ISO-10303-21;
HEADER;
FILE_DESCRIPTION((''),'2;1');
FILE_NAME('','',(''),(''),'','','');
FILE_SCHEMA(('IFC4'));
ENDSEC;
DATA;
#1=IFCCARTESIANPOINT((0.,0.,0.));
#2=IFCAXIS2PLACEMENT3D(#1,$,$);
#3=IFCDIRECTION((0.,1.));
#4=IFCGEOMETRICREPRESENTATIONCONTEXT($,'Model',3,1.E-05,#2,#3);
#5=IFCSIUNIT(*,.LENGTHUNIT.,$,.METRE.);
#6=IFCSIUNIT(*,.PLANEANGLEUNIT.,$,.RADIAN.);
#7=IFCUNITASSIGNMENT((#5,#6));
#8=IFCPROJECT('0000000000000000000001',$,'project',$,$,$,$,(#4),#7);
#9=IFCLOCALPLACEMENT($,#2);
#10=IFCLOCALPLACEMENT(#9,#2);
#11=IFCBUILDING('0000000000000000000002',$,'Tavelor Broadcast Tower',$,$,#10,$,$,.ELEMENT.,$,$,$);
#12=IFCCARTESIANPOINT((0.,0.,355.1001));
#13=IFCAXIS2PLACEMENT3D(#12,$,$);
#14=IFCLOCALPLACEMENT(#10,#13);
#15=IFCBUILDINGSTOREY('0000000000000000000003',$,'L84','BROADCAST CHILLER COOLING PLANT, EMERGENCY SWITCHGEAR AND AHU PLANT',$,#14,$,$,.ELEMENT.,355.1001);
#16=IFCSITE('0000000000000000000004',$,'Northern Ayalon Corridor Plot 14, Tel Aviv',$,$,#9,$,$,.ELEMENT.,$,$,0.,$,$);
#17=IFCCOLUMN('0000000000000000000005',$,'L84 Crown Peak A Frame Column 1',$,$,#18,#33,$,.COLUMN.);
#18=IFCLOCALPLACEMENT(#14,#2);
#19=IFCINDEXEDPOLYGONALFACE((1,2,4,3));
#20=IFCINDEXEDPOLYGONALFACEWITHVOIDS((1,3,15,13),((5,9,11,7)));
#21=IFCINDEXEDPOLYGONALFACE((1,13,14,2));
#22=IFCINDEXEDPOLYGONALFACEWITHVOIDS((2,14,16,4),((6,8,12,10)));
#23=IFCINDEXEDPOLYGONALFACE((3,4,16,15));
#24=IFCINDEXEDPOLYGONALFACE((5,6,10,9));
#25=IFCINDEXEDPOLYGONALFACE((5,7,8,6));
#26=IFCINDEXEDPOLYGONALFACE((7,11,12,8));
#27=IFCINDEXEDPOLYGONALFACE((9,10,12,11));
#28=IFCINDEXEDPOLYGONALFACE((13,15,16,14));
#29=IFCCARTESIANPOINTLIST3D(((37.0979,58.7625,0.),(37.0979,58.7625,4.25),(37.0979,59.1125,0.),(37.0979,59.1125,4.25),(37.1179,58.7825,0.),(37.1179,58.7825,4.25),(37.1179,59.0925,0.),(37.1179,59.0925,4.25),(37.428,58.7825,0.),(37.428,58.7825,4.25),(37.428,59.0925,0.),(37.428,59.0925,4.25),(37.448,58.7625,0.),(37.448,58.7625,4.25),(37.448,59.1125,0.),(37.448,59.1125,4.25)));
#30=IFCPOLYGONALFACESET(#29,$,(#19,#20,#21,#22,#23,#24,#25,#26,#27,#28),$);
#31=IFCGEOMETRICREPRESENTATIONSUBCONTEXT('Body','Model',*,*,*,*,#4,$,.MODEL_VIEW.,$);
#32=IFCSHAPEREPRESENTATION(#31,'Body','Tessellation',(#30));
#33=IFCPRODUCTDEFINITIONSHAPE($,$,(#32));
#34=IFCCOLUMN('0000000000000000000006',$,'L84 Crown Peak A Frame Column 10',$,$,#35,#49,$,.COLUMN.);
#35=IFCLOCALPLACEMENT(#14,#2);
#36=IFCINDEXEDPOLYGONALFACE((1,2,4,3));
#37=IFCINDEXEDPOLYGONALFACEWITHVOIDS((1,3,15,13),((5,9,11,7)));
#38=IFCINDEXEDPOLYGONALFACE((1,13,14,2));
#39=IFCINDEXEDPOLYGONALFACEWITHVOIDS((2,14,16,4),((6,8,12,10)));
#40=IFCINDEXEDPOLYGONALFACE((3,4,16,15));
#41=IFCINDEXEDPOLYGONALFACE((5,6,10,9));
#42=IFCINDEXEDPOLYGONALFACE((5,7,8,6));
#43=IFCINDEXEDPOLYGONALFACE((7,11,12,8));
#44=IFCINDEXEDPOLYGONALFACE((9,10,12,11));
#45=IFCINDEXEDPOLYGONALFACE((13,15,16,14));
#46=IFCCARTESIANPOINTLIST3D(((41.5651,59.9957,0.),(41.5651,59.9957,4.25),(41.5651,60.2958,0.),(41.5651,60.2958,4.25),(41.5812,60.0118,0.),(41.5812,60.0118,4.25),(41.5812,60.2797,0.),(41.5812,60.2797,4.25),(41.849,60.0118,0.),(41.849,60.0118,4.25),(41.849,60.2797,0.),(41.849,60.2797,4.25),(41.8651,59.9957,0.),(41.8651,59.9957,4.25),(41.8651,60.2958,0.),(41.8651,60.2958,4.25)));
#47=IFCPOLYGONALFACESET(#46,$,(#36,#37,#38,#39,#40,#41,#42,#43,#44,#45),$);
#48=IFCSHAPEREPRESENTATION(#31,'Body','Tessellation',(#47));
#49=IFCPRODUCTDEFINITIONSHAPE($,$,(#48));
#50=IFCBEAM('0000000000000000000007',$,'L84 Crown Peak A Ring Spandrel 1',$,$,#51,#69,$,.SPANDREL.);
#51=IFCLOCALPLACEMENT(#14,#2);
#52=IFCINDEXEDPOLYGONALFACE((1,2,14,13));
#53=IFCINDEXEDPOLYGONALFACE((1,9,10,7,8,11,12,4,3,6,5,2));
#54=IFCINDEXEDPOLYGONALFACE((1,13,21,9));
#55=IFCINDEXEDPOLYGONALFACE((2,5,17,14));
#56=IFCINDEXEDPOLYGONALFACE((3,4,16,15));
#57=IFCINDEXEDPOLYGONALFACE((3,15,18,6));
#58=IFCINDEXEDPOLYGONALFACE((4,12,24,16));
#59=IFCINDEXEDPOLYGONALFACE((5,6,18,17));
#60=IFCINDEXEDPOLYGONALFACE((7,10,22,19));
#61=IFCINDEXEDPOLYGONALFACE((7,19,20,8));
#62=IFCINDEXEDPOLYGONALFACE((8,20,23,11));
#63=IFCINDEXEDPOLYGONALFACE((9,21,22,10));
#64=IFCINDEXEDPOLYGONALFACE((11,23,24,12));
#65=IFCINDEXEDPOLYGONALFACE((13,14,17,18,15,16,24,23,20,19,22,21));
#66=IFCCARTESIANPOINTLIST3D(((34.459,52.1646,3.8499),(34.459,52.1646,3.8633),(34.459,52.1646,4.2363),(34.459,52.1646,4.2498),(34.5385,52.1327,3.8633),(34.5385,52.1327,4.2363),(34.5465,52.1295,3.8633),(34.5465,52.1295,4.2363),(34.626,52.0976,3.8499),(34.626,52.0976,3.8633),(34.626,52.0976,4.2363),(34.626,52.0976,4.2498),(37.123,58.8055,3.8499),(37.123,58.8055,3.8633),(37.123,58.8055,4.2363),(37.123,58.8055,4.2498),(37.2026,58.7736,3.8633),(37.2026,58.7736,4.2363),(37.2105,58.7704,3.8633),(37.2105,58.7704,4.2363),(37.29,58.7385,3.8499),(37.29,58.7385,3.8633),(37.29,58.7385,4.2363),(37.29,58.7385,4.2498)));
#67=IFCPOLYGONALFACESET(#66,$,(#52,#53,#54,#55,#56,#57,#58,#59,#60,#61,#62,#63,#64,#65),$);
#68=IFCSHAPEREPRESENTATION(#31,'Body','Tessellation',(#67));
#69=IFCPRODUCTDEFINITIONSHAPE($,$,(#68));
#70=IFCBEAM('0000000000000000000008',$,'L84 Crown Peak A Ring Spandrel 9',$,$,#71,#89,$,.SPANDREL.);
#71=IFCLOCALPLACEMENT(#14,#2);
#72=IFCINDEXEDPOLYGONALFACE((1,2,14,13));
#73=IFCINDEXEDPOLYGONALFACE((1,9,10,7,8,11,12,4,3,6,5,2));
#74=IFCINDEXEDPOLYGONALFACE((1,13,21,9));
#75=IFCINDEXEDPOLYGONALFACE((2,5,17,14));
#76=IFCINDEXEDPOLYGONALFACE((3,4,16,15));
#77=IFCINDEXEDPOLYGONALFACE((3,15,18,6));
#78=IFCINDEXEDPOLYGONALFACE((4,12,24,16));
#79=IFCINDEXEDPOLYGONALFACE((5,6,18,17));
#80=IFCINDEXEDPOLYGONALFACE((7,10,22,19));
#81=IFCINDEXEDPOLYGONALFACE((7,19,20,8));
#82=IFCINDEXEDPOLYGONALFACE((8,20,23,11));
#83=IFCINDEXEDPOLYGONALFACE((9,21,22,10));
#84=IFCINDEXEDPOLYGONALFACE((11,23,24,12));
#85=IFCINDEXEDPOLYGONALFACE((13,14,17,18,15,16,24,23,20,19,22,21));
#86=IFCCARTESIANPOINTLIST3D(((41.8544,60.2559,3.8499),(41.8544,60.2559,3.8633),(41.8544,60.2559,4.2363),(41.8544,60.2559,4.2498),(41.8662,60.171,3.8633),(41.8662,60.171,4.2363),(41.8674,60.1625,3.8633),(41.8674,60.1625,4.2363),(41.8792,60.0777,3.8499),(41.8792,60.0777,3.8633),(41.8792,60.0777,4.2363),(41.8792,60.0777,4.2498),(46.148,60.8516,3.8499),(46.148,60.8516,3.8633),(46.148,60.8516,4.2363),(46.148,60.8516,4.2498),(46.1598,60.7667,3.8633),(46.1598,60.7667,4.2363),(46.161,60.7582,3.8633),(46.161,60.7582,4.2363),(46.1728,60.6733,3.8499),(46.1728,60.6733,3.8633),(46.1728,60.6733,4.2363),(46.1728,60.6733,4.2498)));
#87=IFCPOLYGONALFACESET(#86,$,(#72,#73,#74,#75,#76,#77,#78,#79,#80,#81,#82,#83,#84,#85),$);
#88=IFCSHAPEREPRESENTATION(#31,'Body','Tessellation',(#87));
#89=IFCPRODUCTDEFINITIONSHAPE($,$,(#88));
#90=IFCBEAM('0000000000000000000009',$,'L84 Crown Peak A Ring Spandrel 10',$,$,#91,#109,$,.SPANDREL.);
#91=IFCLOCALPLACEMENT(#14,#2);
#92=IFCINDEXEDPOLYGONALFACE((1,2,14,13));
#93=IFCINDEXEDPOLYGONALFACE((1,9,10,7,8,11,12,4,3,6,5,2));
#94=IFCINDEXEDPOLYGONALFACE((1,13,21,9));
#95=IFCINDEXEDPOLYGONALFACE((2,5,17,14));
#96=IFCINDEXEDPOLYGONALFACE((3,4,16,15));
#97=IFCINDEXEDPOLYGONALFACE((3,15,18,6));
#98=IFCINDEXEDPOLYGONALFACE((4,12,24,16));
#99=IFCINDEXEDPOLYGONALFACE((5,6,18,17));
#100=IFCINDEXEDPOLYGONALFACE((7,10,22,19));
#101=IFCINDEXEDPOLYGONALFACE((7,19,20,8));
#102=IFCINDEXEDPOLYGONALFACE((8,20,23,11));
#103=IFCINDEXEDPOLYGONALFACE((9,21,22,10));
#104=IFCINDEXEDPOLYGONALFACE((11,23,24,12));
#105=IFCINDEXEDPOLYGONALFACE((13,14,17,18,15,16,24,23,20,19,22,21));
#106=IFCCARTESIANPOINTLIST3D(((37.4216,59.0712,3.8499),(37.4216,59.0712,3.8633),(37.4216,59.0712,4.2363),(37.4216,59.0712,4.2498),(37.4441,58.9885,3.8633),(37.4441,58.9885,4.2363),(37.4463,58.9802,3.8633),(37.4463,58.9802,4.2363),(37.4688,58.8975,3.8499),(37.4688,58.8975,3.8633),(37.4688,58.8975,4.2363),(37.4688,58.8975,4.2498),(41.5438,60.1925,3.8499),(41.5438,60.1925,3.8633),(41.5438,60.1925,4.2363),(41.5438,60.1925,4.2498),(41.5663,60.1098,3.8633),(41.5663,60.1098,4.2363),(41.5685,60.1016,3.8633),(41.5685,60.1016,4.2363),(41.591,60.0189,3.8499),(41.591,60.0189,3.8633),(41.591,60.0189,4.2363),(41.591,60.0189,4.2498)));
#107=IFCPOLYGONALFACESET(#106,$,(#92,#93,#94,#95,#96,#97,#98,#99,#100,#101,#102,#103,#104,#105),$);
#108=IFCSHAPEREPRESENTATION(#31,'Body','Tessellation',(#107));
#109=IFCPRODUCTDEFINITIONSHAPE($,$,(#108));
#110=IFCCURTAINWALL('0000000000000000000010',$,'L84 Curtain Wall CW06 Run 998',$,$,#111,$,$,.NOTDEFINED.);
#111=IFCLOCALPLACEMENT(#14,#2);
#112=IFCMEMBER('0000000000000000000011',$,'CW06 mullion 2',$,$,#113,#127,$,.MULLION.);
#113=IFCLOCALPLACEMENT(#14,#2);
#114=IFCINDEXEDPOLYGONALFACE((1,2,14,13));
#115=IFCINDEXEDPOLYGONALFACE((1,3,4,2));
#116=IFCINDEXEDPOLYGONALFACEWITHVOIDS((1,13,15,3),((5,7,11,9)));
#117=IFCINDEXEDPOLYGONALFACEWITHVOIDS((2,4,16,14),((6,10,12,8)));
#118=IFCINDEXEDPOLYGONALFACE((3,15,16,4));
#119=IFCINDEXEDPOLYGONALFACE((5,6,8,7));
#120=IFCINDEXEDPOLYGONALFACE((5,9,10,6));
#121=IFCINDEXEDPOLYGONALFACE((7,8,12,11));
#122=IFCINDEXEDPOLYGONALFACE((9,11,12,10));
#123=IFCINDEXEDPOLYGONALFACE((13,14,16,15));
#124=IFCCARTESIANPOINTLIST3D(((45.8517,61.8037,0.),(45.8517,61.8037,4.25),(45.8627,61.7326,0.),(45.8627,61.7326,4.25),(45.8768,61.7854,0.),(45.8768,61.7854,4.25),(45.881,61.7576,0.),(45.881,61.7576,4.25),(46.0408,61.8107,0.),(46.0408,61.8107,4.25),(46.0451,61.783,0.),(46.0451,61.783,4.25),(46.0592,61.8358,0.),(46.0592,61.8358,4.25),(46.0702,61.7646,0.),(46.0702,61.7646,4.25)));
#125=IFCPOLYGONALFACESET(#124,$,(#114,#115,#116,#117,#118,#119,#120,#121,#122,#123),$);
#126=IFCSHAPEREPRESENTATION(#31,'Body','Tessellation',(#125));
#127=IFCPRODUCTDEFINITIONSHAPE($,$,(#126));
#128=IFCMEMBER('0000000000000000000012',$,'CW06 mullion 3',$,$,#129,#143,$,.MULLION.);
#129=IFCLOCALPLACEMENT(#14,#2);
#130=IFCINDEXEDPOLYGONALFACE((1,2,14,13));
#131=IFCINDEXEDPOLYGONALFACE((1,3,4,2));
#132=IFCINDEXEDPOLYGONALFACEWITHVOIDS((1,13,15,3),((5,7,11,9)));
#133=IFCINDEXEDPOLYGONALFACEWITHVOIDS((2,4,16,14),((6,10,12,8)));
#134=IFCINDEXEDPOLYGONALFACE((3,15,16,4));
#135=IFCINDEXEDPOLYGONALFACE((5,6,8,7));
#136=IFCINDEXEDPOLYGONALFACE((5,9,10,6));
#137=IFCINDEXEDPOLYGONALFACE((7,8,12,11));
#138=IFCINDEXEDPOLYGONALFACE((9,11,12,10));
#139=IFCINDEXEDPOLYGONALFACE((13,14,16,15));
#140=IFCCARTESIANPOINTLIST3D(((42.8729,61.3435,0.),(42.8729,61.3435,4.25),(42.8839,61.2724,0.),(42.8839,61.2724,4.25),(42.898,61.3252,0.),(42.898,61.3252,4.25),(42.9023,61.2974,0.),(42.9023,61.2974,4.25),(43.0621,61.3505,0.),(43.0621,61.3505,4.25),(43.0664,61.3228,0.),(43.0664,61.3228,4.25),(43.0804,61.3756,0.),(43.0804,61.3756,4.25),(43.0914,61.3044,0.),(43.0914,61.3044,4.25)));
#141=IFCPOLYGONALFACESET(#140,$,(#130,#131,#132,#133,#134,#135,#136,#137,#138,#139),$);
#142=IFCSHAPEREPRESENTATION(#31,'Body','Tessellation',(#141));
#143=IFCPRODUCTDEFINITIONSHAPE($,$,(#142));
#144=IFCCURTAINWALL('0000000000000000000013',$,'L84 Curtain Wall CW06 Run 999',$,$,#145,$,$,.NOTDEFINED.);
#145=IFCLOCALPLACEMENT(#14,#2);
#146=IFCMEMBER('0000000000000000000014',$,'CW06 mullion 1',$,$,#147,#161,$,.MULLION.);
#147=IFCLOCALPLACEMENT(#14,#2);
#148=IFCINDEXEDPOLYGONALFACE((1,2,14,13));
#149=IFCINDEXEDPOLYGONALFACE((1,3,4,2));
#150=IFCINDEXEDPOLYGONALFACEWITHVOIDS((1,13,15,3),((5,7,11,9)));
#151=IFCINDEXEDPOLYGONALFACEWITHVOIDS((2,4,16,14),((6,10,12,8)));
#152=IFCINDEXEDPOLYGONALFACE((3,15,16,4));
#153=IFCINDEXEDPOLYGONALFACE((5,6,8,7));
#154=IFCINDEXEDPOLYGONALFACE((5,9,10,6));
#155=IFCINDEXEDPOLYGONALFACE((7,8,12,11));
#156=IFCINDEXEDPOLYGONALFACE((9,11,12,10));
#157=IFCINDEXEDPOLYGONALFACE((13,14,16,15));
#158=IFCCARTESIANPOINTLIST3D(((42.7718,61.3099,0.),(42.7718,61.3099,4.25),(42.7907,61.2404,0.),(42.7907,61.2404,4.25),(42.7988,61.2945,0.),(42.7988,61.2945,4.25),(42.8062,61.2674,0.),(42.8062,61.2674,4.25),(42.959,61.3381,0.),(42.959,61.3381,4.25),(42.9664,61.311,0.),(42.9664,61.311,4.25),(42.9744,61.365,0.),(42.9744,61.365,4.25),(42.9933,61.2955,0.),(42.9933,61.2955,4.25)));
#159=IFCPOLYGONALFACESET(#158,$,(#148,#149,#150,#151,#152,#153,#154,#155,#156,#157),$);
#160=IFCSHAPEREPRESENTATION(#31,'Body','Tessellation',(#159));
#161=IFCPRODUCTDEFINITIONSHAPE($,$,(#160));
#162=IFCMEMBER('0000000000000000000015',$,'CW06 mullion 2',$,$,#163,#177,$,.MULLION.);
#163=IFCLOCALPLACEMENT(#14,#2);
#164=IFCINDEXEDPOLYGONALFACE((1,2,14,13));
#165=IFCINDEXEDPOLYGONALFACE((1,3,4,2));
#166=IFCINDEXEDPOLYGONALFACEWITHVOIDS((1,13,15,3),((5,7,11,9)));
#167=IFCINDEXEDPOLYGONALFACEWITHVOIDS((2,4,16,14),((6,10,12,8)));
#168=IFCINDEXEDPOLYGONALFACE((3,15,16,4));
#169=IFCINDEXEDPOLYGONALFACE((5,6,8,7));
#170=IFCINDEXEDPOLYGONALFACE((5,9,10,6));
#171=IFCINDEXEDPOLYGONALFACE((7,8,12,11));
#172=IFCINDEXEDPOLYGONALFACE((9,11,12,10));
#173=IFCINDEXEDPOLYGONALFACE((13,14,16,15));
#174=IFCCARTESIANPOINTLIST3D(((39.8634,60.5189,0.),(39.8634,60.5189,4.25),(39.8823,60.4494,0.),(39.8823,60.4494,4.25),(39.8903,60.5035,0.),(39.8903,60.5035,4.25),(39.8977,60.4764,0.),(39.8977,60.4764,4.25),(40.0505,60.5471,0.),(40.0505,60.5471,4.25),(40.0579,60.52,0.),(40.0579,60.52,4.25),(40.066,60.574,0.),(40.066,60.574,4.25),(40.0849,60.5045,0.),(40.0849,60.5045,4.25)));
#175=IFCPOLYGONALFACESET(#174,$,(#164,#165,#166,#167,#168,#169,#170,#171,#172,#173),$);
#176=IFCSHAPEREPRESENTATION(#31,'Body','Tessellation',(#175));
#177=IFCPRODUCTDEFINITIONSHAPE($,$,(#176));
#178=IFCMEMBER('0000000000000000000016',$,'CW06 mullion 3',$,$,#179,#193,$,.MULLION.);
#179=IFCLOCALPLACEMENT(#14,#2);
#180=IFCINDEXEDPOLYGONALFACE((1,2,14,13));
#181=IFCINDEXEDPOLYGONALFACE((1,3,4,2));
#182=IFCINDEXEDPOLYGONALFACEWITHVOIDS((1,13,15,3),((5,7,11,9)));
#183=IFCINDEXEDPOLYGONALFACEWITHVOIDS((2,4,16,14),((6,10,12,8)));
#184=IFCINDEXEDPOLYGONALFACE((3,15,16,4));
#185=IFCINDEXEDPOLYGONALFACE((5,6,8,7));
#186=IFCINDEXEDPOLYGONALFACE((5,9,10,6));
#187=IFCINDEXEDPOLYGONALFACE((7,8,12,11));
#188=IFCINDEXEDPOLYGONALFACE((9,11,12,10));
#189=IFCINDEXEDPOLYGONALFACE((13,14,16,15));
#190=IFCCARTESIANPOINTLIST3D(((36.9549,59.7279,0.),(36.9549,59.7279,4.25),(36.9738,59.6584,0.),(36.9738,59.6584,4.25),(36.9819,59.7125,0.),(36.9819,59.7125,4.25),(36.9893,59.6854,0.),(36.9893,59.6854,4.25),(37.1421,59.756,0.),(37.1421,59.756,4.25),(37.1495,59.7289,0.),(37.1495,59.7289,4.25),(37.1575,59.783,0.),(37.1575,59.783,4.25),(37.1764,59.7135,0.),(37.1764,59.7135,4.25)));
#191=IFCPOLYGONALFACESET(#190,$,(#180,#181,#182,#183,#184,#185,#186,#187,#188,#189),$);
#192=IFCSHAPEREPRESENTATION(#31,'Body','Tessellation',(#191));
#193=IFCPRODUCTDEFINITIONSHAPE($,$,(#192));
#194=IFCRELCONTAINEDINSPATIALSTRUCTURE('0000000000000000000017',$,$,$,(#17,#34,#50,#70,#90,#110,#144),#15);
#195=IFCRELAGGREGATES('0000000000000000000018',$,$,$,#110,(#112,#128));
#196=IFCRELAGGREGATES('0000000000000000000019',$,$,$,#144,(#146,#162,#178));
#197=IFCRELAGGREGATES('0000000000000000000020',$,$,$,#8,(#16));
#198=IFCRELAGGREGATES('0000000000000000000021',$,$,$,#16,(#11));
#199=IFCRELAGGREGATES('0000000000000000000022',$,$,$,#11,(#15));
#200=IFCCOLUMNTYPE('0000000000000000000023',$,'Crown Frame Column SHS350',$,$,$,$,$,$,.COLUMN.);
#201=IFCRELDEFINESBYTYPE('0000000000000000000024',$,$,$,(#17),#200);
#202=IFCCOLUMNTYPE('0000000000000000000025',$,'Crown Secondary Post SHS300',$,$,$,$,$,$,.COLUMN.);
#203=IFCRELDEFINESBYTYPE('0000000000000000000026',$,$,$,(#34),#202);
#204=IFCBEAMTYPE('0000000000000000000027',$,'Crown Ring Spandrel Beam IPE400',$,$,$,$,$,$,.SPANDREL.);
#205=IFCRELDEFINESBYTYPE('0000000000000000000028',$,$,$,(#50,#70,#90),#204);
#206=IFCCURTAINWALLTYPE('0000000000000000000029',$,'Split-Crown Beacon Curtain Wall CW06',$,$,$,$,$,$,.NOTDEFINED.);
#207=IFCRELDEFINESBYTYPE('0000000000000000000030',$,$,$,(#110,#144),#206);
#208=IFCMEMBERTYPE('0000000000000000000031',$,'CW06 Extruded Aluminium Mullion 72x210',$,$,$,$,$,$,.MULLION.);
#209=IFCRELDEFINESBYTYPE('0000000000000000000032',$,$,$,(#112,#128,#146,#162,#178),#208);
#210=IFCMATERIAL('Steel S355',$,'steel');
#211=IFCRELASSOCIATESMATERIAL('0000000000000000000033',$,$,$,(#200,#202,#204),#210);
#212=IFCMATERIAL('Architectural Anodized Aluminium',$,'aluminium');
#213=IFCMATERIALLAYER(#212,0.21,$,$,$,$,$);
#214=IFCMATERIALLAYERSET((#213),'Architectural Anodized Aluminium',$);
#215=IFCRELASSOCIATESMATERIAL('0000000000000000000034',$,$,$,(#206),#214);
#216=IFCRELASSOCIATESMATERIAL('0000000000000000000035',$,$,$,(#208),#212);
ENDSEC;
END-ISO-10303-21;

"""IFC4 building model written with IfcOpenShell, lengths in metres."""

from ifc_helpers import new_model, si_unit, direction, frame, origin, origin_2d, place, context, subcontext, project, spatial, hollow_rectangle, i_section, extrude, source, transform, mapped, material, layer, layer_set, material_profile, profile_set, type_object, type_shapes, element, aggregate, save


model = new_model("IFC4")

# Units and contexts
model_context = context("Model", 3, precision=1e-05, world=origin(), true_north=direction((0.0, 1.0)))
body_context = subcontext(model_context, "Body", "Model", "MODEL_VIEW")
ifc_project = project(units=[si_unit("LENGTHUNIT", "METRE"), si_unit("PLANEANGLEUNIT", "RADIAN")], contexts=[model_context])

# Site, building, storey
site_placement = place(None, origin())
site = spatial("IfcSite", under=ifc_project, at=site_placement, Name="Northern Ayalon Corridor Plot 14, Tel Aviv", CompositionType="ELEMENT", RefElevation=0.0)
building_placement = place(site_placement, origin())
building = spatial("IfcBuilding", under=site, at=building_placement, Name="Tavelor Broadcast Tower", CompositionType="ELEMENT")
storey_placement = place(building_placement, frame((0.0, 0.0, 355.1001)))
storey = spatial("IfcBuildingStorey", under=building, at=storey_placement, Name="L84", Description="BROADCAST CHILLER COOLING PLANT, EMERGENCY SWITCHGEAR AND AHU PLANT", CompositionType="ELEMENT", Elevation=355.1001)

# Columns
ifc_material_1 = material(Name="Steel S355", Category="steel")
ifc_material_profile_1 = material_profile(ifc_material_1, hollow_rectangle(XDim=0.3501, YDim=0.3501, WallThickness=0.02, at=origin_2d()), Name="SHS 350x350x20")
ifc_profile_set_1 = profile_set([ifc_material_profile_1], Name="Steel S355")
column_type_1 = type_object("IfcColumnType", Name="Crown Frame Column SHS350", PredefinedType="COLUMN", material=ifc_profile_set_1)
column_1_placement = place(storey_placement, frame((37.2729, 58.9375, 0.0), z_axis=(0.0, 0.0, 1.0), x_axis=(1.0, 0.0, 0.0)))
element("IfcColumn", 1, at=column_1_placement, inside=storey, type_object=column_type_1, Name="L84 Crown Peak A Frame Column 1", PredefinedType="COLUMN", context=body_context, shape_type="SweptSolid", body=[
    extrude(hollow_rectangle(XDim=0.3501, YDim=0.3501, WallThickness=0.02, at=origin_2d()), origin(), (0.0, 0.0, 1.0), 4.25),
])
ifc_material_profile_2 = material_profile(ifc_material_1, hollow_rectangle(XDim=0.3, YDim=0.3, WallThickness=0.0161, at=origin_2d()), Name="SHS 300x300x16")
ifc_profile_set_2 = profile_set([ifc_material_profile_2], Name="Steel S355")
column_type_2 = type_object("IfcColumnType", Name="Crown Secondary Post SHS300", PredefinedType="COLUMN", material=ifc_profile_set_2)
column_2_placement = place(storey_placement, frame((41.7151, 60.1458, 0.0), z_axis=(0.0, 0.0, 1.0), x_axis=(1.0, 0.0, 0.0)))
element("IfcColumn", 2, at=column_2_placement, inside=storey, type_object=column_type_2, Name="L84 Crown Peak A Frame Column 10", PredefinedType="COLUMN", context=body_context, shape_type="SweptSolid", body=[
    extrude(hollow_rectangle(XDim=0.3, YDim=0.3, WallThickness=0.0161, at=origin_2d()), origin(), (0.0, 0.0, 1.0), 4.25),
])

# Beams
ifc_material_profile_3 = material_profile(ifc_material_1, i_section(OverallWidth=0.1799, OverallDepth=0.3999, WebThickness=0.0085, FlangeThickness=0.0134, at=origin_2d()), Name="IPE 400")
ifc_profile_set_3 = profile_set([ifc_material_profile_3], Name="Steel S355")
beam_type = type_object("IfcBeamType", Name="Crown Ring Spandrel Beam IPE400", PredefinedType="SPANDREL", material=ifc_profile_set_3)
beam_1_placement = place(storey_placement, frame((37.2065, 58.772, 4.0498), z_axis=(-0.37232, -0.928104, 0.0), x_axis=(0.928104, -0.37232, 0.0)))
element("IfcBeam", 3, at=beam_1_placement, inside=storey, type_object=beam_type, Name="L84 Crown Peak A Ring Spandrel 1", PredefinedType="SPANDREL", context=body_context, shape_type="SweptSolid", body=[
    extrude(i_section(OverallWidth=0.1799, OverallDepth=0.3999, WebThickness=0.0085, FlangeThickness=0.0134, at=origin_2d()), origin(), (0.0, 0.0, 1.0), 7.1553),
])
beam_2_placement = place(storey_placement, frame((46.1604, 60.7625, 4.0498), z_axis=(-0.990513, -0.137423, 0.0), x_axis=(0.137423, -0.990513, 0.0)))
element("IfcBeam", 4, at=beam_2_placement, inside=storey, type_object=beam_type, Name="L84 Crown Peak A Ring Spandrel 9", PredefinedType="SPANDREL", context=body_context, shape_type="SweptSolid", body=[
    extrude(i_section(OverallWidth=0.1799, OverallDepth=0.3999, WebThickness=0.0085, FlangeThickness=0.0134, at=origin_2d()), origin(), (0.0, 0.0, 1.0), 4.3347),
])
beam_3_placement = place(storey_placement, frame((41.5674, 60.1057, 4.0498), z_axis=(-0.964934, -0.262494, 0.0), x_axis=(0.262494, -0.964934, 0.0)))
element("IfcBeam", 5, at=beam_3_placement, inside=storey, type_object=beam_type, Name="L84 Crown Peak A Ring Spandrel 10", PredefinedType="SPANDREL", context=body_context, shape_type="SweptSolid", body=[
    extrude(i_section(OverallWidth=0.1799, OverallDepth=0.3999, WebThickness=0.0085, FlangeThickness=0.0134, at=origin_2d()), origin(), (0.0, 0.0, 1.0), 4.272),
])

# Curtain walls, members
ifc_material_2 = material(Name="Architectural Anodized Aluminium", Category="aluminium")
ifc_layer_1 = layer(ifc_material_2, 0.21)
ifc_layer_set_1 = layer_set([ifc_layer_1], Name="Architectural Anodized Aluminium")
curtain_wall_type = type_object("IfcCurtainWallType", Name="Split-Crown Beacon Curtain Wall CW06", PredefinedType="NOTDEFINED", material=ifc_layer_set_1)
curtain_wall_1_placement = place(storey_placement, origin())
curtain_wall_1 = element("IfcCurtainWall", 6, at=curtain_wall_1_placement, inside=storey, type_object=curtain_wall_type, Name="L84 Curtain Wall CW06 Run 998", PredefinedType="NOTDEFINED")
ifc_material_profile_4 = material_profile(ifc_material_2, hollow_rectangle(XDim=0.072, YDim=0.21, WallThickness=0.022, at=origin_2d()), Name="RHS 72x210x22")
ifc_profile_set_4 = profile_set([ifc_material_profile_4], Name="Architectural Anodized Aluminium")
member_type_1 = type_object("IfcMemberType", Name="CW06 Extruded Aluminium Mullion 72x210", PredefinedType="MULLION", material=ifc_profile_set_4)
shared_shape_1 = source(origin(), body_context, "Body", "SweptSolid", [
    extrude(hollow_rectangle(XDim=0.072, YDim=0.21, WallThickness=0.022, at=origin_2d()), origin(), (0.0, 0.0, 1.0), 4.25),
])
type_shapes(member_type_1, [shared_shape_1])
member_1_placement = place(storey_placement, frame((45.9609, 61.7842, 0.0), z_axis=(0.0, 0.0, 1.0), x_axis=(0.152715, -0.98827, 0.0)))
member_1 = element("IfcMember", 7, at=member_1_placement, type_object=member_type_1, Name="CW06 mullion 2", PredefinedType="MULLION", context=body_context, shape_type="MappedRepresentation", body=[
    mapped(shared_shape_1, transform((0.0, 0.0, 0.0), scale=1.0)),
])
member_2_placement = place(storey_placement, frame((42.9822, 61.324, 0.0), z_axis=(0.0, 0.0, 1.0), x_axis=(0.152715, -0.98827, 0.0)))
member_2 = element("IfcMember", 8, at=member_2_placement, type_object=member_type_1, Name="CW06 mullion 3", PredefinedType="MULLION", context=body_context, shape_type="MappedRepresentation", body=[
    mapped(shared_shape_1, transform((0.0, 0.0, 0.0), scale=1.0)),
])
curtain_wall_2_placement = place(storey_placement, origin())
curtain_wall_2 = element("IfcCurtainWall", 9, at=curtain_wall_2_placement, inside=storey, type_object=curtain_wall_type, Name="L84 Curtain Wall CW06 Run 999", PredefinedType="NOTDEFINED")
member_3_placement = place(storey_placement, frame((42.8826, 61.3027, 0.0), z_axis=(0.0, 0.0, 1.0), x_axis=(0.262449, -0.964946, 0.0)))
member_3 = element("IfcMember", 10, at=member_3_placement, type_object=member_type_1, Name="CW06 mullion 1", PredefinedType="MULLION", context=body_context, shape_type="MappedRepresentation", body=[
    mapped(shared_shape_1, transform((0.0, 0.0, 0.0), scale=1.0)),
])
member_4_placement = place(storey_placement, frame((39.9741, 60.5117, 0.0), z_axis=(0.0, 0.0, 1.0), x_axis=(0.262449, -0.964946, 0.0)))
member_4 = element("IfcMember", 11, at=member_4_placement, type_object=member_type_1, Name="CW06 mullion 2", PredefinedType="MULLION", context=body_context, shape_type="MappedRepresentation", body=[
    mapped(shared_shape_1, transform((0.0, 0.0, 0.0), scale=1.0)),
])
member_5_placement = place(storey_placement, frame((37.0657, 59.7207, 0.0), z_axis=(0.0, 0.0, 1.0), x_axis=(0.262449, -0.964946, 0.0)))
member_5 = element("IfcMember", 12, at=member_5_placement, type_object=member_type_1, Name="CW06 mullion 3", PredefinedType="MULLION", context=body_context, shape_type="MappedRepresentation", body=[
    mapped(shared_shape_1, transform((0.0, 0.0, 0.0), scale=1.0)),
])

aggregate(curtain_wall_1, [member_1, member_2])
aggregate(curtain_wall_2, [member_3, member_4, member_5])

save(model, "model.ifc")
